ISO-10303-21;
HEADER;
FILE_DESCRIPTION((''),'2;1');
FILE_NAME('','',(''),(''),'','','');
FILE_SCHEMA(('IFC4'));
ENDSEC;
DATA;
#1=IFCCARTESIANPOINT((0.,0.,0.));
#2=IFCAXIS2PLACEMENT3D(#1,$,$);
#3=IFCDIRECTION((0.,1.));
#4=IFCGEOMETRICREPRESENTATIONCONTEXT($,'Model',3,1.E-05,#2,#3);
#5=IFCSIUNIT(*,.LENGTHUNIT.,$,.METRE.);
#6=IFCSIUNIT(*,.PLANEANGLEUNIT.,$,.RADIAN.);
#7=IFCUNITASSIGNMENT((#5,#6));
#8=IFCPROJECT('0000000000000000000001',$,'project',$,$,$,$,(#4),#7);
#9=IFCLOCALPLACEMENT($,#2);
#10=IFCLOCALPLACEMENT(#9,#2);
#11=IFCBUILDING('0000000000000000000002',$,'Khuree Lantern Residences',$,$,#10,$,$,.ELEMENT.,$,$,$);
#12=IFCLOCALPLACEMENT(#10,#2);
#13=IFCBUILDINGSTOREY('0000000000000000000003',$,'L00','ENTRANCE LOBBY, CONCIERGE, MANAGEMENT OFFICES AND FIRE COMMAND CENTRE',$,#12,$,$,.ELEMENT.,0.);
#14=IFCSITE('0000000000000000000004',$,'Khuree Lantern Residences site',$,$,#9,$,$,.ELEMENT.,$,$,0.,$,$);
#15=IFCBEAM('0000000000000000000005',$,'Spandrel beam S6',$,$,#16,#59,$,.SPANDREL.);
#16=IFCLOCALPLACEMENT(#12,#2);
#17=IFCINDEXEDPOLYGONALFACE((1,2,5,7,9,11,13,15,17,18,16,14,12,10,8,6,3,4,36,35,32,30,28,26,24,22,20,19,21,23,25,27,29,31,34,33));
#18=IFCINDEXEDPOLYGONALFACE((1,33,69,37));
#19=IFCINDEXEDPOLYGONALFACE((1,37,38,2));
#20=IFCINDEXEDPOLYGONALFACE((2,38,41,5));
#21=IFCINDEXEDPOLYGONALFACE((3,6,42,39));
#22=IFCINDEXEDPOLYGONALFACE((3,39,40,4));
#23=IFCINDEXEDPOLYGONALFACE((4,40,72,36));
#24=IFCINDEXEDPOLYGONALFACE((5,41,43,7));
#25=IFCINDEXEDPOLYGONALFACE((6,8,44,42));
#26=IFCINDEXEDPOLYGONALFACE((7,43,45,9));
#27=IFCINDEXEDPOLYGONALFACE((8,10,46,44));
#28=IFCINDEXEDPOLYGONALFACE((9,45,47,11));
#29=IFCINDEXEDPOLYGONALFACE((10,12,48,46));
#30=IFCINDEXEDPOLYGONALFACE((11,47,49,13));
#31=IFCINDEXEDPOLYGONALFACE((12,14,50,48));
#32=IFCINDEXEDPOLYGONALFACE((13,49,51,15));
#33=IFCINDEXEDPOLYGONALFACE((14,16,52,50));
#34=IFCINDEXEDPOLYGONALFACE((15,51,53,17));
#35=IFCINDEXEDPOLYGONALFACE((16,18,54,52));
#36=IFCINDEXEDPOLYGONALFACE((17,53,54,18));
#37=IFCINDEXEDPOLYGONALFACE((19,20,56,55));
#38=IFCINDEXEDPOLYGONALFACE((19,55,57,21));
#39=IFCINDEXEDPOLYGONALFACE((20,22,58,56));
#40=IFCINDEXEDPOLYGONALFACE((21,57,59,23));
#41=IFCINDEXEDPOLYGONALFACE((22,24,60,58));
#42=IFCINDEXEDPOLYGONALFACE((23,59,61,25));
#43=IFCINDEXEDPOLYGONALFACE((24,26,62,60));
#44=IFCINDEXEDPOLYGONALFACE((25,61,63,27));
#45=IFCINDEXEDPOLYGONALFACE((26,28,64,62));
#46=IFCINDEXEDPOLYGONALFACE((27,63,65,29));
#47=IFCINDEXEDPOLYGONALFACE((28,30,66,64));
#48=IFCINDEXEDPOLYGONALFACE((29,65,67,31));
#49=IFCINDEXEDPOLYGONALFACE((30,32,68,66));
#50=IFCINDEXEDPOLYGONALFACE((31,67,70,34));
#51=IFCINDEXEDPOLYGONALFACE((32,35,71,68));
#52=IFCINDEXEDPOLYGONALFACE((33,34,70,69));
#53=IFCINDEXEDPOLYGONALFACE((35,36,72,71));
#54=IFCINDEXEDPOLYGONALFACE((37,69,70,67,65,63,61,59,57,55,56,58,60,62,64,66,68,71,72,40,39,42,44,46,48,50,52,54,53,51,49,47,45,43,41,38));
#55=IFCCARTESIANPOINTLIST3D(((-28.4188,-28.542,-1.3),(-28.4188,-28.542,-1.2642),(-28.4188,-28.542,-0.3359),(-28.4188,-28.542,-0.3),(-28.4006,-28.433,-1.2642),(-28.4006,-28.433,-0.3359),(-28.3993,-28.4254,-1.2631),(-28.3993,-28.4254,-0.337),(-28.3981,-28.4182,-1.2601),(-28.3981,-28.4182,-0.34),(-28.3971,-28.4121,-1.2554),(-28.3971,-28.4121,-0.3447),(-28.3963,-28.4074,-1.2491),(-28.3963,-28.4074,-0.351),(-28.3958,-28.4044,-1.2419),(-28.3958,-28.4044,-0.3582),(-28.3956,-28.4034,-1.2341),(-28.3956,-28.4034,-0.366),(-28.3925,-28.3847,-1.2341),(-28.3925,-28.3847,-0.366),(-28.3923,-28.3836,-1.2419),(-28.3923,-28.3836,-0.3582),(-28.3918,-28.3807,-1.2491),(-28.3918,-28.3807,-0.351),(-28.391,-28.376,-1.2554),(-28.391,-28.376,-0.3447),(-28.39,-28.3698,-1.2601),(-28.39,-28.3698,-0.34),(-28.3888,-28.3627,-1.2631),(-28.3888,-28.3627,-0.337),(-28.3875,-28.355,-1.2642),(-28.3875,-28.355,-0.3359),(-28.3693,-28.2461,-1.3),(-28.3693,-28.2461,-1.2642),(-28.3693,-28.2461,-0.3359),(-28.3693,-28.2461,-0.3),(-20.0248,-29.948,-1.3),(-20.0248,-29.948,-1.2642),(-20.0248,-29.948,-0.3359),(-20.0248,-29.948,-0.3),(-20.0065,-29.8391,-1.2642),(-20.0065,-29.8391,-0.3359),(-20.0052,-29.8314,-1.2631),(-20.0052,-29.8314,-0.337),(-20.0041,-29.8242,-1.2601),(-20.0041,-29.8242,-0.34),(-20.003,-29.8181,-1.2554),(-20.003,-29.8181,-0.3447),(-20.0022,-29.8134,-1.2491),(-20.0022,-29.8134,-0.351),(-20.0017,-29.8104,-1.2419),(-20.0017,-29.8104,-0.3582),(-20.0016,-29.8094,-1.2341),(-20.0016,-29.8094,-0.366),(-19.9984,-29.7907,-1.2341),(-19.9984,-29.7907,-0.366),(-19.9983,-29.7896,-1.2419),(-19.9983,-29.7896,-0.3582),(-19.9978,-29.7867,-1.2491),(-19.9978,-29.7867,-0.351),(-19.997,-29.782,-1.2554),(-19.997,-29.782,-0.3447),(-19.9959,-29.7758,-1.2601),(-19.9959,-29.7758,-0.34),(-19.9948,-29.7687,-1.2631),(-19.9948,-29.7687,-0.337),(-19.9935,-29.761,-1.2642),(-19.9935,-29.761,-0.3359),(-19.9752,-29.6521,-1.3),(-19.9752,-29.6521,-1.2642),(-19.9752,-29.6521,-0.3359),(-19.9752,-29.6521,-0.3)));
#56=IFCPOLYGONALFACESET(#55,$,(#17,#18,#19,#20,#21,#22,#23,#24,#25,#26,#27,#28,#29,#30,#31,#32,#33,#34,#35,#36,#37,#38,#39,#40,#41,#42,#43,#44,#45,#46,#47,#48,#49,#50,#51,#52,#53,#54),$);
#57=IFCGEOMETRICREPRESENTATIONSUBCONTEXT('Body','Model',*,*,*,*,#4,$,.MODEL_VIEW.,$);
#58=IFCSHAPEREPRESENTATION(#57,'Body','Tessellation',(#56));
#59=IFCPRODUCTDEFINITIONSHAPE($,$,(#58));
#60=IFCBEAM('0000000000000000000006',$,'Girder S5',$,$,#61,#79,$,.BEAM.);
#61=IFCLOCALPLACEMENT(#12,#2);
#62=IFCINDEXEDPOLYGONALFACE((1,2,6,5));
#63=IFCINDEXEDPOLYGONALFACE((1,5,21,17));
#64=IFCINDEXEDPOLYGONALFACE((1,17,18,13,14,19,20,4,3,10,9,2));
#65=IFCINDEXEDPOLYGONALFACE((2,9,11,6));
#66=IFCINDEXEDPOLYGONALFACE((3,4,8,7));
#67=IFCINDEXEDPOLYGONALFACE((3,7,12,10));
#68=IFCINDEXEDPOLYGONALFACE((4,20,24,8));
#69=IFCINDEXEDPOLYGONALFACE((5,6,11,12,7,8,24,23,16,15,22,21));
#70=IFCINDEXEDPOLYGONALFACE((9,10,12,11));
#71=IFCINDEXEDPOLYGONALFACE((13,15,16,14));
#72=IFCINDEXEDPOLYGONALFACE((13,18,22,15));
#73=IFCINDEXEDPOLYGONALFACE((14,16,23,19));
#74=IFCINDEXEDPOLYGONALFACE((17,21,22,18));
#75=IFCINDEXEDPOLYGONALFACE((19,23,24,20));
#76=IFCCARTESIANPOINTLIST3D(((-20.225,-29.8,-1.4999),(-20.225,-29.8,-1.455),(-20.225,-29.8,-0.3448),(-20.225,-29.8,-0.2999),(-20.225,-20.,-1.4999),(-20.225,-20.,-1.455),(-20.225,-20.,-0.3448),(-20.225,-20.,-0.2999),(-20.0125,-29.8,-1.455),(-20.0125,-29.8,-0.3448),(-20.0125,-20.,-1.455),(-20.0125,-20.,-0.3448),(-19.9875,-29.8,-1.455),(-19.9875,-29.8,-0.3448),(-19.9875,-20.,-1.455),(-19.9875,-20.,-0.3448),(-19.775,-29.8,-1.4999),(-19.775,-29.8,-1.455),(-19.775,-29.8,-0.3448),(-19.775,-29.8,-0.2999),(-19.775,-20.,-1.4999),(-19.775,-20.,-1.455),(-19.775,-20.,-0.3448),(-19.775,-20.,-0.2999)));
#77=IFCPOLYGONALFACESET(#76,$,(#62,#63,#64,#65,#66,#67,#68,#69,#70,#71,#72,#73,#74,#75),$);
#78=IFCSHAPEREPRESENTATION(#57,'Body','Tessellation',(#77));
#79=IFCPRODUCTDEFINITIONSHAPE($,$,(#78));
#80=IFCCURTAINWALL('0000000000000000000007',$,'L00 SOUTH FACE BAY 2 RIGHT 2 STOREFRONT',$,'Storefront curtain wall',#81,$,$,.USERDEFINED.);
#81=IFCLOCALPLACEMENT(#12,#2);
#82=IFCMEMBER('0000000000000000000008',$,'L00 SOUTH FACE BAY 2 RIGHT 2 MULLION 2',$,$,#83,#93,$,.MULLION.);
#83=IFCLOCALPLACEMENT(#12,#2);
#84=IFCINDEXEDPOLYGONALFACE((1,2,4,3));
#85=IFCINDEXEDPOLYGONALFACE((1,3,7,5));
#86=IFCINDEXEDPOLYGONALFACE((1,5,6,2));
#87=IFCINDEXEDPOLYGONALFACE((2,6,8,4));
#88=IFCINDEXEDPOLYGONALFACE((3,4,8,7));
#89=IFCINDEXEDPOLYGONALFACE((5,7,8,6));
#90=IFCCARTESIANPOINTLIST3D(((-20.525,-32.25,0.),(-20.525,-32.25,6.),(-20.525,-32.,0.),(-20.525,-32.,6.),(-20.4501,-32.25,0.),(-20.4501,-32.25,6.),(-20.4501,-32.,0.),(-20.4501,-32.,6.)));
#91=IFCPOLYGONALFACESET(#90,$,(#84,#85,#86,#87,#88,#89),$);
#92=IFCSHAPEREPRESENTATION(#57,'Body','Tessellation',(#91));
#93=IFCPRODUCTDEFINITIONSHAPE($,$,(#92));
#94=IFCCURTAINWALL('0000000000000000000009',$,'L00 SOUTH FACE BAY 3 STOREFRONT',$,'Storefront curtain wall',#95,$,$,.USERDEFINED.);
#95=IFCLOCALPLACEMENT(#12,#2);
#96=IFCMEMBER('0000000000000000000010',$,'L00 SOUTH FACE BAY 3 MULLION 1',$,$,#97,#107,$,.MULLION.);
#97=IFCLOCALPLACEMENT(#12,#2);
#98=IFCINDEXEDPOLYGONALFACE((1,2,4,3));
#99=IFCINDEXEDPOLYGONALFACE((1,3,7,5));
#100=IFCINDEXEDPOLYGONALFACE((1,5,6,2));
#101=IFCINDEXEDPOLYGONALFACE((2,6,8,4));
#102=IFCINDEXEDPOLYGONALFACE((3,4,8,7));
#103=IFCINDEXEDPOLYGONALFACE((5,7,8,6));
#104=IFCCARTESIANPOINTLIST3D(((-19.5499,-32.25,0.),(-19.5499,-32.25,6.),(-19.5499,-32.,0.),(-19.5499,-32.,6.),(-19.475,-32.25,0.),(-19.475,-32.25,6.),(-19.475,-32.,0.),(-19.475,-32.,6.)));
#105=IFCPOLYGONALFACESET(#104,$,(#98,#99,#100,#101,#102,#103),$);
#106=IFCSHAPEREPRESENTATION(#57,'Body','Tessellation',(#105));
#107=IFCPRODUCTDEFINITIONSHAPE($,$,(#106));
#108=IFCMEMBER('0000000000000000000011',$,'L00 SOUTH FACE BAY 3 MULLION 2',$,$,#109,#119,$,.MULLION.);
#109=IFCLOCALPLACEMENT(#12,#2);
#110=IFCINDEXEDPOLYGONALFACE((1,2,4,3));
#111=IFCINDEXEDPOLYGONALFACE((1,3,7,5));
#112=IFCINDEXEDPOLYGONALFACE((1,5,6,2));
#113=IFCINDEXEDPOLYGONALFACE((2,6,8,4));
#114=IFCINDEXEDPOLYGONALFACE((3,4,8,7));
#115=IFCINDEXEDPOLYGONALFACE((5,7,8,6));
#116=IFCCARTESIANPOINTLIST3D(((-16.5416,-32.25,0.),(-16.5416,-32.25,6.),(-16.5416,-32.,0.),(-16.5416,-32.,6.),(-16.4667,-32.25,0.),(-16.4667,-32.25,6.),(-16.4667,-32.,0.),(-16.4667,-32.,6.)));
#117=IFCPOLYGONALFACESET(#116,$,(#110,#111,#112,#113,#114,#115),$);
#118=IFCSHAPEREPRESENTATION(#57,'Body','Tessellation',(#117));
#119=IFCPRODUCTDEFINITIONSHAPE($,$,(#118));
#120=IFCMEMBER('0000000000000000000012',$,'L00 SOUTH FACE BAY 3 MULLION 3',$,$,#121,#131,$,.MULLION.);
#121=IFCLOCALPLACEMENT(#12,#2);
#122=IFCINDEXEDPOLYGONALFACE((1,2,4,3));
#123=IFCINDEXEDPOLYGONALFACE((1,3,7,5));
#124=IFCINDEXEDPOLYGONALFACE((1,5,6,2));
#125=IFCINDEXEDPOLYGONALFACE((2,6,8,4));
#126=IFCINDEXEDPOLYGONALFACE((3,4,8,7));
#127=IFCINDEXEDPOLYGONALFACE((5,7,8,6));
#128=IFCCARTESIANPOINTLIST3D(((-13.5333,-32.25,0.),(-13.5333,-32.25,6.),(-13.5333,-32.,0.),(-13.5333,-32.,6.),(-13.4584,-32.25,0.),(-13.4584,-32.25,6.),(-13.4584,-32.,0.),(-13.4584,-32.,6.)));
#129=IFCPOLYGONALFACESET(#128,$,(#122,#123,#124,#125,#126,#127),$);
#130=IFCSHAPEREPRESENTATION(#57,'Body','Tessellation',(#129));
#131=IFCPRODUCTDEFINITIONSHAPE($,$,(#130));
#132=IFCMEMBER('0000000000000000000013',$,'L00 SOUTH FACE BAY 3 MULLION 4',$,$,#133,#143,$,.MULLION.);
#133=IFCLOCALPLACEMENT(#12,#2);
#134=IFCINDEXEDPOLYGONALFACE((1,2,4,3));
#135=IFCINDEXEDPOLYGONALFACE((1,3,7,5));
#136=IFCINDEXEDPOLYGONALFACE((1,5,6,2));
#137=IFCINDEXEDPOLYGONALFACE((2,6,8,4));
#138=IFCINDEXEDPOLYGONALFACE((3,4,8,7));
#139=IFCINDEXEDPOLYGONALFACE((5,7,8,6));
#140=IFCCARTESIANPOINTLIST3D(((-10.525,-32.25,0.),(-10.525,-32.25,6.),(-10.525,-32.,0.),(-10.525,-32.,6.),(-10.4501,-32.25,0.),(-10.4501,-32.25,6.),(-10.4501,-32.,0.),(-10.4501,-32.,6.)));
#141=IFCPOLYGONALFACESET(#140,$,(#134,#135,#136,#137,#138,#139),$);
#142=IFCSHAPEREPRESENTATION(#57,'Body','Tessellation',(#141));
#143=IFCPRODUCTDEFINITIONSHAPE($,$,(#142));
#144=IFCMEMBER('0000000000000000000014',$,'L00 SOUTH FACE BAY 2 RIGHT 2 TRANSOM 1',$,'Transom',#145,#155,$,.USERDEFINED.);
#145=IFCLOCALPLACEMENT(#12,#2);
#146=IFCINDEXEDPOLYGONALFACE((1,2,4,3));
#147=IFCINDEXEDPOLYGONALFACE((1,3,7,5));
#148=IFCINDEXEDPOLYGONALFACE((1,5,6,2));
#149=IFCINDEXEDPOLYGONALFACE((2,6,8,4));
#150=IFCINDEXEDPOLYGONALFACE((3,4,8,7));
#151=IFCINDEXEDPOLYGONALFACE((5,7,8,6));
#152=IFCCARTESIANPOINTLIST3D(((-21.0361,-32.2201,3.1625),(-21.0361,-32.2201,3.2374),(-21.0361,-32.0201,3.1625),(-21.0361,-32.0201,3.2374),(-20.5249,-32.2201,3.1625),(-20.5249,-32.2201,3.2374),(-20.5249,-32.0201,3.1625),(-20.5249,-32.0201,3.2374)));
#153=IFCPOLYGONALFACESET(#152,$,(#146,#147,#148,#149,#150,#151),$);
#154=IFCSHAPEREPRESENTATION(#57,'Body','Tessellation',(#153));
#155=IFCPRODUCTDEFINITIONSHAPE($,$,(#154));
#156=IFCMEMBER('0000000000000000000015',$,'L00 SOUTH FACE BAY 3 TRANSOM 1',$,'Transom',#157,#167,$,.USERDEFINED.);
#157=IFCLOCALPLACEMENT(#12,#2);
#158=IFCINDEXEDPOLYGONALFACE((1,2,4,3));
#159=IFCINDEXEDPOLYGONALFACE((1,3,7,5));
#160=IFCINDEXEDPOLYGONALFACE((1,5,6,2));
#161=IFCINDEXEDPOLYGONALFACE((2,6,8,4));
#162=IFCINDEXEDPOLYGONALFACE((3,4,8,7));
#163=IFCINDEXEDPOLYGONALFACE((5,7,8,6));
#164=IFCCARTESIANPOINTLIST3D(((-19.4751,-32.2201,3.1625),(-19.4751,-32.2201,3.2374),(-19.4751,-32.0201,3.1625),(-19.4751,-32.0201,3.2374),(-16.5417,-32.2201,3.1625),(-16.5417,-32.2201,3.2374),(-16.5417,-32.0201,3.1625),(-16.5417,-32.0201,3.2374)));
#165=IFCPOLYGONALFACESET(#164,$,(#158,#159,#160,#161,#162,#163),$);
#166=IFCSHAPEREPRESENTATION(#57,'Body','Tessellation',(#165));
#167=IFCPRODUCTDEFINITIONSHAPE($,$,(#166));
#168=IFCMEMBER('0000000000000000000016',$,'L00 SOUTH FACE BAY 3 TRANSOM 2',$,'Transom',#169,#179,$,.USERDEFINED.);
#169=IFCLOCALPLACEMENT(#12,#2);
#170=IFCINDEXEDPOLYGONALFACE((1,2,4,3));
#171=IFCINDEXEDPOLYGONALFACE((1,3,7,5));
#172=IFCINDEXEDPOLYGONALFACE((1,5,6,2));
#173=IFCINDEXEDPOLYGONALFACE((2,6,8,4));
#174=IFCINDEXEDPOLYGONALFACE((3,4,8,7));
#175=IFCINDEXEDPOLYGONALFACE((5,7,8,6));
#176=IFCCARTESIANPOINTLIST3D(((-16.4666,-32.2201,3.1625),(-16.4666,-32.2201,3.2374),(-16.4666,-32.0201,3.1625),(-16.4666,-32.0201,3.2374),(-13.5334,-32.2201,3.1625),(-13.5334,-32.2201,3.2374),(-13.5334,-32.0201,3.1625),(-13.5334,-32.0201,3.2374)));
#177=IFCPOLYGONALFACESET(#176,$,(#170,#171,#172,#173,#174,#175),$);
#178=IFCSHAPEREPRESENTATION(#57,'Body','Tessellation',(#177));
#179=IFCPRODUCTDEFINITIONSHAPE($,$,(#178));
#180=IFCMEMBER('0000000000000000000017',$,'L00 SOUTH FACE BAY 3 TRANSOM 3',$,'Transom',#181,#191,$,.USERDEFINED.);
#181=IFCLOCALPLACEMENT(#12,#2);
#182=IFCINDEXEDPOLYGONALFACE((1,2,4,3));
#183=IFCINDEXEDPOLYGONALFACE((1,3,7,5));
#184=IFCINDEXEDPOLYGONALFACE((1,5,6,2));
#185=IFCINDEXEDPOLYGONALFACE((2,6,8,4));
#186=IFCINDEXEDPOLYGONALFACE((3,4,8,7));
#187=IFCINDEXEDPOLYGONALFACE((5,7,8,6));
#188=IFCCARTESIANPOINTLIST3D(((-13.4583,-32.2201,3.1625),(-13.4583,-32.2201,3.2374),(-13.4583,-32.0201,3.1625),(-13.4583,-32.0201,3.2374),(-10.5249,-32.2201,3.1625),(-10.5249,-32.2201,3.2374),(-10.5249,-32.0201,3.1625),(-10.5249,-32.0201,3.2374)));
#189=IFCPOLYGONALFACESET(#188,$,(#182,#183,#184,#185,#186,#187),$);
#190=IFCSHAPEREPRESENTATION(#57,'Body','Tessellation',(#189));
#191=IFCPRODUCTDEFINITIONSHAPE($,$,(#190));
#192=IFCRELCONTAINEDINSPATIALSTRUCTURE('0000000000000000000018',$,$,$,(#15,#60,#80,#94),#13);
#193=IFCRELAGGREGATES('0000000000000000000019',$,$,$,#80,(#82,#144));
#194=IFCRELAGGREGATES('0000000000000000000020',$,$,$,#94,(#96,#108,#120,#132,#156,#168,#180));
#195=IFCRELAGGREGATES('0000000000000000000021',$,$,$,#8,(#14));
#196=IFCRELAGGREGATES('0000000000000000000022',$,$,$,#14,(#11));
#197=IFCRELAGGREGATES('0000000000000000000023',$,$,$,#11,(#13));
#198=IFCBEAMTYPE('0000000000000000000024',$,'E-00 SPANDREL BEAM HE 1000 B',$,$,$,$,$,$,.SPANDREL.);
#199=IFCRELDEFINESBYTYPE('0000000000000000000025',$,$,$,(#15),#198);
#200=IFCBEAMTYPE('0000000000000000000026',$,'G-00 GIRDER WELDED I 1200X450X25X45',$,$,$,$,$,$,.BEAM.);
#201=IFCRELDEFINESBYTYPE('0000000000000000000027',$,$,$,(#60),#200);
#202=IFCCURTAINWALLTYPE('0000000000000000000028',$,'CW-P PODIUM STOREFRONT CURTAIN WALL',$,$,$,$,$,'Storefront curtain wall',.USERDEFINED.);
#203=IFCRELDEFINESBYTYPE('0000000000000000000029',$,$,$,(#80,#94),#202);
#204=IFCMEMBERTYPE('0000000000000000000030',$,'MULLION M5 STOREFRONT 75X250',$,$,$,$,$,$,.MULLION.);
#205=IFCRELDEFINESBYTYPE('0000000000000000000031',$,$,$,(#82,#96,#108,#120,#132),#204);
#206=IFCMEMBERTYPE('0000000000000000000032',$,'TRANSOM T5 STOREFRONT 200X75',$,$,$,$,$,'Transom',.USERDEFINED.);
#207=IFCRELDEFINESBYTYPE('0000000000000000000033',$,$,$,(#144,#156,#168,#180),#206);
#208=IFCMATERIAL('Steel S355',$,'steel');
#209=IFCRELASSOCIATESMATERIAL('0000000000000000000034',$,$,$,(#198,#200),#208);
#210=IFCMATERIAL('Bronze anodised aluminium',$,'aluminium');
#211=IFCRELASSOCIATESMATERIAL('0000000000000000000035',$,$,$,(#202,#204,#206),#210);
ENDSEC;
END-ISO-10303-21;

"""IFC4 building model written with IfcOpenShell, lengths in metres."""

from ifc_helpers import new_model, si_unit, direction, frame, origin, origin_2d, place, context, subcontext, project, spatial, rectangle, i_section, extrude, material, material_profile, profile_set, type_object, element, aggregate, save


model = new_model("IFC4")

# Units and contexts
model_context = context("Model", 3, precision=1e-05, world=origin(), true_north=direction((0.0, 1.0)))
body_context = subcontext(model_context, "Body", "Model", "MODEL_VIEW")
ifc_project = project(units=[si_unit("LENGTHUNIT", "METRE"), si_unit("PLANEANGLEUNIT", "RADIAN")], contexts=[model_context])

# Site, building, storey
site_placement = place(None, origin())
site = spatial("IfcSite", under=ifc_project, at=site_placement, Name="Khuree Lantern Residences site", CompositionType="ELEMENT", RefElevation=0.0)
building_placement = place(site_placement, origin())
building = spatial("IfcBuilding", under=site, at=building_placement, Name="Khuree Lantern Residences", CompositionType="ELEMENT")
storey_placement = place(building_placement, origin())
storey = spatial("IfcBuildingStorey", under=building, at=storey_placement, Name="L00", Description="ENTRANCE LOBBY, CONCIERGE, MANAGEMENT OFFICES AND FIRE COMMAND CENTRE", CompositionType="ELEMENT", Elevation=0.0)

# Shared definitions
ifc_material_1 = material(Name="Steel S355", Category="steel")

# Beams
ifc_material_profile_1 = material_profile(ifc_material_1, i_section(OverallWidth=0.3, OverallDepth=1.0, WebThickness=0.019, FlangeThickness=0.0359, FilletRadius=0.03, at=origin_2d()), Name="HE 1000 B")
ifc_profile_set_1 = profile_set([ifc_material_profile_1], Name="Steel S355")
beam_type_1 = type_object("IfcBeamType", Name="E-00 SPANDREL BEAM HE 1000 B", PredefinedType="SPANDREL", material=ifc_profile_set_1)
beam_1_placement = place(storey_placement, frame((-20.0, -29.8, -0.8), z_axis=(-0.98626, 0.165199, 0.0), x_axis=(-0.165199, -0.98626, 0.0)))
element("IfcBeam", 1, at=beam_1_placement, inside=storey, type_object=beam_type_1, Name="Spandrel beam S6", PredefinedType="SPANDREL", context=body_context, shape_type="SweptSolid", body=[
    extrude(i_section(OverallWidth=0.3, OverallDepth=1.0, WebThickness=0.019, FlangeThickness=0.0359, FilletRadius=0.03, at=origin_2d()), origin(), (0.0, 0.0, 1.0), 8.511),
])
ifc_material_profile_2 = material_profile(ifc_material_1, i_section(OverallWidth=0.45, OverallDepth=1.2, WebThickness=0.0249, FlangeThickness=0.0449, at=origin_2d()), Name="WELDED I 1200X450X25X45")
ifc_profile_set_2 = profile_set([ifc_material_profile_2], Name="Steel S355")
beam_type_2 = type_object("IfcBeamType", Name="G-00 GIRDER WELDED I 1200X450X25X45", PredefinedType="BEAM", material=ifc_profile_set_2)
beam_2_placement = place(storey_placement, frame((-20.0, -29.8, -0.8999), z_axis=(0.0, 1.0, 0.0), x_axis=(-1.0, 0.0, 0.0)))
element("IfcBeam", 2, at=beam_2_placement, inside=storey, type_object=beam_type_2, Name="Girder S5", PredefinedType="BEAM", context=body_context, shape_type="SweptSolid", body=[
    extrude(i_section(OverallWidth=0.45, OverallDepth=1.2, WebThickness=0.0249, FlangeThickness=0.0449, at=origin_2d()), origin(), (0.0, 0.0, 1.0), 9.8),
])

# Curtain wall, member
ifc_material_2 = material(Name="Bronze anodised aluminium", Category="aluminium")
curtain_wall_type = type_object("IfcCurtainWallType", Name="CW-P PODIUM STOREFRONT CURTAIN WALL", ElementType="Storefront curtain wall", PredefinedType="USERDEFINED", material=ifc_material_2)
curtain_wall_1_placement = place(storey_placement, origin())
curtain_wall_1 = element("IfcCurtainWall", 3, at=curtain_wall_1_placement, inside=storey, type_object=curtain_wall_type, Name="L00 SOUTH FACE BAY 2 RIGHT 2 STOREFRONT", ObjectType="Storefront curtain wall", PredefinedType="USERDEFINED")
ifc_material_profile_3 = material_profile(ifc_material_2, rectangle(XDim=0.075, YDim=0.25, at=origin_2d()), Name="M5 75X250")
ifc_profile_set_3 = profile_set([ifc_material_profile_3], Name="Bronze anodised aluminium")
member_type_1 = type_object("IfcMemberType", Name="MULLION M5 STOREFRONT 75X250", PredefinedType="MULLION", material=ifc_profile_set_3)
member_1_placement = place(storey_placement, frame((-20.4875, -32.125, 0.0), z_axis=(0.0, 0.0, 1.0), x_axis=(1.0, 0.0, 0.0)))
member_1 = element("IfcMember", 4, at=member_1_placement, type_object=member_type_1, Name="L00 SOUTH FACE BAY 2 RIGHT 2 MULLION 2", PredefinedType="MULLION", context=body_context, shape_type="SweptSolid", body=[
    extrude(rectangle(XDim=0.075, YDim=0.25, at=origin_2d()), origin(), (0.0, 0.0, 1.0), 6.0),
])

# Curtain wall, members
curtain_wall_2_placement = place(storey_placement, origin())
curtain_wall_2 = element("IfcCurtainWall", 5, at=curtain_wall_2_placement, inside=storey, type_object=curtain_wall_type, Name="L00 SOUTH FACE BAY 3 STOREFRONT", ObjectType="Storefront curtain wall", PredefinedType="USERDEFINED")
member_2_placement = place(storey_placement, frame((-19.5125, -32.125, 0.0), z_axis=(0.0, 0.0, 1.0), x_axis=(1.0, 0.0, 0.0)))
member_2 = element("IfcMember", 6, at=member_2_placement, type_object=member_type_1, Name="L00 SOUTH FACE BAY 3 MULLION 1", PredefinedType="MULLION", context=body_context, shape_type="SweptSolid", body=[
    extrude(rectangle(XDim=0.075, YDim=0.25, at=origin_2d()), origin(), (0.0, 0.0, 1.0), 6.0),
])
member_3_placement = place(storey_placement, frame((-16.5042, -32.125, 0.0), z_axis=(0.0, 0.0, 1.0), x_axis=(1.0, 0.0, 0.0)))
member_3 = element("IfcMember", 7, at=member_3_placement, type_object=member_type_1, Name="L00 SOUTH FACE BAY 3 MULLION 2", PredefinedType="MULLION", context=body_context, shape_type="SweptSolid", body=[
    extrude(rectangle(XDim=0.075, YDim=0.25, at=origin_2d()), origin(), (0.0, 0.0, 1.0), 6.0),
])
member_4_placement = place(storey_placement, frame((-13.4958, -32.125, 0.0), z_axis=(0.0, 0.0, 1.0), x_axis=(1.0, 0.0, 0.0)))
member_4 = element("IfcMember", 8, at=member_4_placement, type_object=member_type_1, Name="L00 SOUTH FACE BAY 3 MULLION 3", PredefinedType="MULLION", context=body_context, shape_type="SweptSolid", body=[
    extrude(rectangle(XDim=0.075, YDim=0.25, at=origin_2d()), origin(), (0.0, 0.0, 1.0), 6.0),
])
member_5_placement = place(storey_placement, frame((-10.4875, -32.125, 0.0), z_axis=(0.0, 0.0, 1.0), x_axis=(1.0, 0.0, 0.0)))
member_5 = element("IfcMember", 9, at=member_5_placement, type_object=member_type_1, Name="L00 SOUTH FACE BAY 3 MULLION 4", PredefinedType="MULLION", context=body_context, shape_type="SweptSolid", body=[
    extrude(rectangle(XDim=0.075, YDim=0.25, at=origin_2d()), origin(), (0.0, 0.0, 1.0), 6.0),
])

# Members
ifc_material_profile_4 = material_profile(ifc_material_2, rectangle(XDim=0.2, YDim=0.075, at=origin_2d()), Name="T5 200X75")
ifc_profile_set_4 = profile_set([ifc_material_profile_4], Name="Bronze anodised aluminium")
member_type_2 = type_object("IfcMemberType", Name="TRANSOM T5 STOREFRONT 200X75", ElementType="Transom", PredefinedType="USERDEFINED", material=ifc_profile_set_4)
member_6_placement = place(storey_placement, frame((-21.0361, -32.1201, 3.2), z_axis=(1.0, 0.0, 0.0), x_axis=(0.0, 1.0, 0.0)))
member_6 = element("IfcMember", 10, at=member_6_placement, type_object=member_type_2, Name="L00 SOUTH FACE BAY 2 RIGHT 2 TRANSOM 1", ObjectType="Transom", PredefinedType="USERDEFINED", context=body_context, shape_type="SweptSolid", body=[
    extrude(rectangle(XDim=0.2, YDim=0.075, at=origin_2d()), origin(), (0.0, 0.0, 1.0), 0.5112),
])
member_7_placement = place(storey_placement, frame((-19.4751, -32.1201, 3.2), z_axis=(1.0, 0.0, 0.0), x_axis=(0.0, 1.0, 0.0)))
member_7 = element("IfcMember", 11, at=member_7_placement, type_object=member_type_2, Name="L00 SOUTH FACE BAY 3 TRANSOM 1", ObjectType="Transom", PredefinedType="USERDEFINED", context=body_context, shape_type="SweptSolid", body=[
    extrude(rectangle(XDim=0.2, YDim=0.075, at=origin_2d()), origin(), (0.0, 0.0, 1.0), 2.9333),
])
member_8_placement = place(storey_placement, frame((-16.4666, -32.1201, 3.2), z_axis=(1.0, 0.0, 0.0), x_axis=(0.0, 1.0, 0.0)))
member_8 = element("IfcMember", 12, at=member_8_placement, type_object=member_type_2, Name="L00 SOUTH FACE BAY 3 TRANSOM 2", ObjectType="Transom", PredefinedType="USERDEFINED", context=body_context, shape_type="SweptSolid", body=[
    extrude(rectangle(XDim=0.2, YDim=0.075, at=origin_2d()), origin(), (0.0, 0.0, 1.0), 2.9331),
])
member_9_placement = place(storey_placement, frame((-13.4583, -32.1201, 3.2), z_axis=(1.0, 0.0, 0.0), x_axis=(0.0, 1.0, 0.0)))
member_9 = element("IfcMember", 13, at=member_9_placement, type_object=member_type_2, Name="L00 SOUTH FACE BAY 3 TRANSOM 3", ObjectType="Transom", PredefinedType="USERDEFINED", context=body_context, shape_type="SweptSolid", body=[
    extrude(rectangle(XDim=0.2, YDim=0.075, at=origin_2d()), origin(), (0.0, 0.0, 1.0), 2.9333),
])

aggregate(curtain_wall_1, [member_1, member_6])
aggregate(curtain_wall_2, [member_2, member_3, member_4, member_5, member_7, member_8, member_9])

save(model, "model.ifc")
